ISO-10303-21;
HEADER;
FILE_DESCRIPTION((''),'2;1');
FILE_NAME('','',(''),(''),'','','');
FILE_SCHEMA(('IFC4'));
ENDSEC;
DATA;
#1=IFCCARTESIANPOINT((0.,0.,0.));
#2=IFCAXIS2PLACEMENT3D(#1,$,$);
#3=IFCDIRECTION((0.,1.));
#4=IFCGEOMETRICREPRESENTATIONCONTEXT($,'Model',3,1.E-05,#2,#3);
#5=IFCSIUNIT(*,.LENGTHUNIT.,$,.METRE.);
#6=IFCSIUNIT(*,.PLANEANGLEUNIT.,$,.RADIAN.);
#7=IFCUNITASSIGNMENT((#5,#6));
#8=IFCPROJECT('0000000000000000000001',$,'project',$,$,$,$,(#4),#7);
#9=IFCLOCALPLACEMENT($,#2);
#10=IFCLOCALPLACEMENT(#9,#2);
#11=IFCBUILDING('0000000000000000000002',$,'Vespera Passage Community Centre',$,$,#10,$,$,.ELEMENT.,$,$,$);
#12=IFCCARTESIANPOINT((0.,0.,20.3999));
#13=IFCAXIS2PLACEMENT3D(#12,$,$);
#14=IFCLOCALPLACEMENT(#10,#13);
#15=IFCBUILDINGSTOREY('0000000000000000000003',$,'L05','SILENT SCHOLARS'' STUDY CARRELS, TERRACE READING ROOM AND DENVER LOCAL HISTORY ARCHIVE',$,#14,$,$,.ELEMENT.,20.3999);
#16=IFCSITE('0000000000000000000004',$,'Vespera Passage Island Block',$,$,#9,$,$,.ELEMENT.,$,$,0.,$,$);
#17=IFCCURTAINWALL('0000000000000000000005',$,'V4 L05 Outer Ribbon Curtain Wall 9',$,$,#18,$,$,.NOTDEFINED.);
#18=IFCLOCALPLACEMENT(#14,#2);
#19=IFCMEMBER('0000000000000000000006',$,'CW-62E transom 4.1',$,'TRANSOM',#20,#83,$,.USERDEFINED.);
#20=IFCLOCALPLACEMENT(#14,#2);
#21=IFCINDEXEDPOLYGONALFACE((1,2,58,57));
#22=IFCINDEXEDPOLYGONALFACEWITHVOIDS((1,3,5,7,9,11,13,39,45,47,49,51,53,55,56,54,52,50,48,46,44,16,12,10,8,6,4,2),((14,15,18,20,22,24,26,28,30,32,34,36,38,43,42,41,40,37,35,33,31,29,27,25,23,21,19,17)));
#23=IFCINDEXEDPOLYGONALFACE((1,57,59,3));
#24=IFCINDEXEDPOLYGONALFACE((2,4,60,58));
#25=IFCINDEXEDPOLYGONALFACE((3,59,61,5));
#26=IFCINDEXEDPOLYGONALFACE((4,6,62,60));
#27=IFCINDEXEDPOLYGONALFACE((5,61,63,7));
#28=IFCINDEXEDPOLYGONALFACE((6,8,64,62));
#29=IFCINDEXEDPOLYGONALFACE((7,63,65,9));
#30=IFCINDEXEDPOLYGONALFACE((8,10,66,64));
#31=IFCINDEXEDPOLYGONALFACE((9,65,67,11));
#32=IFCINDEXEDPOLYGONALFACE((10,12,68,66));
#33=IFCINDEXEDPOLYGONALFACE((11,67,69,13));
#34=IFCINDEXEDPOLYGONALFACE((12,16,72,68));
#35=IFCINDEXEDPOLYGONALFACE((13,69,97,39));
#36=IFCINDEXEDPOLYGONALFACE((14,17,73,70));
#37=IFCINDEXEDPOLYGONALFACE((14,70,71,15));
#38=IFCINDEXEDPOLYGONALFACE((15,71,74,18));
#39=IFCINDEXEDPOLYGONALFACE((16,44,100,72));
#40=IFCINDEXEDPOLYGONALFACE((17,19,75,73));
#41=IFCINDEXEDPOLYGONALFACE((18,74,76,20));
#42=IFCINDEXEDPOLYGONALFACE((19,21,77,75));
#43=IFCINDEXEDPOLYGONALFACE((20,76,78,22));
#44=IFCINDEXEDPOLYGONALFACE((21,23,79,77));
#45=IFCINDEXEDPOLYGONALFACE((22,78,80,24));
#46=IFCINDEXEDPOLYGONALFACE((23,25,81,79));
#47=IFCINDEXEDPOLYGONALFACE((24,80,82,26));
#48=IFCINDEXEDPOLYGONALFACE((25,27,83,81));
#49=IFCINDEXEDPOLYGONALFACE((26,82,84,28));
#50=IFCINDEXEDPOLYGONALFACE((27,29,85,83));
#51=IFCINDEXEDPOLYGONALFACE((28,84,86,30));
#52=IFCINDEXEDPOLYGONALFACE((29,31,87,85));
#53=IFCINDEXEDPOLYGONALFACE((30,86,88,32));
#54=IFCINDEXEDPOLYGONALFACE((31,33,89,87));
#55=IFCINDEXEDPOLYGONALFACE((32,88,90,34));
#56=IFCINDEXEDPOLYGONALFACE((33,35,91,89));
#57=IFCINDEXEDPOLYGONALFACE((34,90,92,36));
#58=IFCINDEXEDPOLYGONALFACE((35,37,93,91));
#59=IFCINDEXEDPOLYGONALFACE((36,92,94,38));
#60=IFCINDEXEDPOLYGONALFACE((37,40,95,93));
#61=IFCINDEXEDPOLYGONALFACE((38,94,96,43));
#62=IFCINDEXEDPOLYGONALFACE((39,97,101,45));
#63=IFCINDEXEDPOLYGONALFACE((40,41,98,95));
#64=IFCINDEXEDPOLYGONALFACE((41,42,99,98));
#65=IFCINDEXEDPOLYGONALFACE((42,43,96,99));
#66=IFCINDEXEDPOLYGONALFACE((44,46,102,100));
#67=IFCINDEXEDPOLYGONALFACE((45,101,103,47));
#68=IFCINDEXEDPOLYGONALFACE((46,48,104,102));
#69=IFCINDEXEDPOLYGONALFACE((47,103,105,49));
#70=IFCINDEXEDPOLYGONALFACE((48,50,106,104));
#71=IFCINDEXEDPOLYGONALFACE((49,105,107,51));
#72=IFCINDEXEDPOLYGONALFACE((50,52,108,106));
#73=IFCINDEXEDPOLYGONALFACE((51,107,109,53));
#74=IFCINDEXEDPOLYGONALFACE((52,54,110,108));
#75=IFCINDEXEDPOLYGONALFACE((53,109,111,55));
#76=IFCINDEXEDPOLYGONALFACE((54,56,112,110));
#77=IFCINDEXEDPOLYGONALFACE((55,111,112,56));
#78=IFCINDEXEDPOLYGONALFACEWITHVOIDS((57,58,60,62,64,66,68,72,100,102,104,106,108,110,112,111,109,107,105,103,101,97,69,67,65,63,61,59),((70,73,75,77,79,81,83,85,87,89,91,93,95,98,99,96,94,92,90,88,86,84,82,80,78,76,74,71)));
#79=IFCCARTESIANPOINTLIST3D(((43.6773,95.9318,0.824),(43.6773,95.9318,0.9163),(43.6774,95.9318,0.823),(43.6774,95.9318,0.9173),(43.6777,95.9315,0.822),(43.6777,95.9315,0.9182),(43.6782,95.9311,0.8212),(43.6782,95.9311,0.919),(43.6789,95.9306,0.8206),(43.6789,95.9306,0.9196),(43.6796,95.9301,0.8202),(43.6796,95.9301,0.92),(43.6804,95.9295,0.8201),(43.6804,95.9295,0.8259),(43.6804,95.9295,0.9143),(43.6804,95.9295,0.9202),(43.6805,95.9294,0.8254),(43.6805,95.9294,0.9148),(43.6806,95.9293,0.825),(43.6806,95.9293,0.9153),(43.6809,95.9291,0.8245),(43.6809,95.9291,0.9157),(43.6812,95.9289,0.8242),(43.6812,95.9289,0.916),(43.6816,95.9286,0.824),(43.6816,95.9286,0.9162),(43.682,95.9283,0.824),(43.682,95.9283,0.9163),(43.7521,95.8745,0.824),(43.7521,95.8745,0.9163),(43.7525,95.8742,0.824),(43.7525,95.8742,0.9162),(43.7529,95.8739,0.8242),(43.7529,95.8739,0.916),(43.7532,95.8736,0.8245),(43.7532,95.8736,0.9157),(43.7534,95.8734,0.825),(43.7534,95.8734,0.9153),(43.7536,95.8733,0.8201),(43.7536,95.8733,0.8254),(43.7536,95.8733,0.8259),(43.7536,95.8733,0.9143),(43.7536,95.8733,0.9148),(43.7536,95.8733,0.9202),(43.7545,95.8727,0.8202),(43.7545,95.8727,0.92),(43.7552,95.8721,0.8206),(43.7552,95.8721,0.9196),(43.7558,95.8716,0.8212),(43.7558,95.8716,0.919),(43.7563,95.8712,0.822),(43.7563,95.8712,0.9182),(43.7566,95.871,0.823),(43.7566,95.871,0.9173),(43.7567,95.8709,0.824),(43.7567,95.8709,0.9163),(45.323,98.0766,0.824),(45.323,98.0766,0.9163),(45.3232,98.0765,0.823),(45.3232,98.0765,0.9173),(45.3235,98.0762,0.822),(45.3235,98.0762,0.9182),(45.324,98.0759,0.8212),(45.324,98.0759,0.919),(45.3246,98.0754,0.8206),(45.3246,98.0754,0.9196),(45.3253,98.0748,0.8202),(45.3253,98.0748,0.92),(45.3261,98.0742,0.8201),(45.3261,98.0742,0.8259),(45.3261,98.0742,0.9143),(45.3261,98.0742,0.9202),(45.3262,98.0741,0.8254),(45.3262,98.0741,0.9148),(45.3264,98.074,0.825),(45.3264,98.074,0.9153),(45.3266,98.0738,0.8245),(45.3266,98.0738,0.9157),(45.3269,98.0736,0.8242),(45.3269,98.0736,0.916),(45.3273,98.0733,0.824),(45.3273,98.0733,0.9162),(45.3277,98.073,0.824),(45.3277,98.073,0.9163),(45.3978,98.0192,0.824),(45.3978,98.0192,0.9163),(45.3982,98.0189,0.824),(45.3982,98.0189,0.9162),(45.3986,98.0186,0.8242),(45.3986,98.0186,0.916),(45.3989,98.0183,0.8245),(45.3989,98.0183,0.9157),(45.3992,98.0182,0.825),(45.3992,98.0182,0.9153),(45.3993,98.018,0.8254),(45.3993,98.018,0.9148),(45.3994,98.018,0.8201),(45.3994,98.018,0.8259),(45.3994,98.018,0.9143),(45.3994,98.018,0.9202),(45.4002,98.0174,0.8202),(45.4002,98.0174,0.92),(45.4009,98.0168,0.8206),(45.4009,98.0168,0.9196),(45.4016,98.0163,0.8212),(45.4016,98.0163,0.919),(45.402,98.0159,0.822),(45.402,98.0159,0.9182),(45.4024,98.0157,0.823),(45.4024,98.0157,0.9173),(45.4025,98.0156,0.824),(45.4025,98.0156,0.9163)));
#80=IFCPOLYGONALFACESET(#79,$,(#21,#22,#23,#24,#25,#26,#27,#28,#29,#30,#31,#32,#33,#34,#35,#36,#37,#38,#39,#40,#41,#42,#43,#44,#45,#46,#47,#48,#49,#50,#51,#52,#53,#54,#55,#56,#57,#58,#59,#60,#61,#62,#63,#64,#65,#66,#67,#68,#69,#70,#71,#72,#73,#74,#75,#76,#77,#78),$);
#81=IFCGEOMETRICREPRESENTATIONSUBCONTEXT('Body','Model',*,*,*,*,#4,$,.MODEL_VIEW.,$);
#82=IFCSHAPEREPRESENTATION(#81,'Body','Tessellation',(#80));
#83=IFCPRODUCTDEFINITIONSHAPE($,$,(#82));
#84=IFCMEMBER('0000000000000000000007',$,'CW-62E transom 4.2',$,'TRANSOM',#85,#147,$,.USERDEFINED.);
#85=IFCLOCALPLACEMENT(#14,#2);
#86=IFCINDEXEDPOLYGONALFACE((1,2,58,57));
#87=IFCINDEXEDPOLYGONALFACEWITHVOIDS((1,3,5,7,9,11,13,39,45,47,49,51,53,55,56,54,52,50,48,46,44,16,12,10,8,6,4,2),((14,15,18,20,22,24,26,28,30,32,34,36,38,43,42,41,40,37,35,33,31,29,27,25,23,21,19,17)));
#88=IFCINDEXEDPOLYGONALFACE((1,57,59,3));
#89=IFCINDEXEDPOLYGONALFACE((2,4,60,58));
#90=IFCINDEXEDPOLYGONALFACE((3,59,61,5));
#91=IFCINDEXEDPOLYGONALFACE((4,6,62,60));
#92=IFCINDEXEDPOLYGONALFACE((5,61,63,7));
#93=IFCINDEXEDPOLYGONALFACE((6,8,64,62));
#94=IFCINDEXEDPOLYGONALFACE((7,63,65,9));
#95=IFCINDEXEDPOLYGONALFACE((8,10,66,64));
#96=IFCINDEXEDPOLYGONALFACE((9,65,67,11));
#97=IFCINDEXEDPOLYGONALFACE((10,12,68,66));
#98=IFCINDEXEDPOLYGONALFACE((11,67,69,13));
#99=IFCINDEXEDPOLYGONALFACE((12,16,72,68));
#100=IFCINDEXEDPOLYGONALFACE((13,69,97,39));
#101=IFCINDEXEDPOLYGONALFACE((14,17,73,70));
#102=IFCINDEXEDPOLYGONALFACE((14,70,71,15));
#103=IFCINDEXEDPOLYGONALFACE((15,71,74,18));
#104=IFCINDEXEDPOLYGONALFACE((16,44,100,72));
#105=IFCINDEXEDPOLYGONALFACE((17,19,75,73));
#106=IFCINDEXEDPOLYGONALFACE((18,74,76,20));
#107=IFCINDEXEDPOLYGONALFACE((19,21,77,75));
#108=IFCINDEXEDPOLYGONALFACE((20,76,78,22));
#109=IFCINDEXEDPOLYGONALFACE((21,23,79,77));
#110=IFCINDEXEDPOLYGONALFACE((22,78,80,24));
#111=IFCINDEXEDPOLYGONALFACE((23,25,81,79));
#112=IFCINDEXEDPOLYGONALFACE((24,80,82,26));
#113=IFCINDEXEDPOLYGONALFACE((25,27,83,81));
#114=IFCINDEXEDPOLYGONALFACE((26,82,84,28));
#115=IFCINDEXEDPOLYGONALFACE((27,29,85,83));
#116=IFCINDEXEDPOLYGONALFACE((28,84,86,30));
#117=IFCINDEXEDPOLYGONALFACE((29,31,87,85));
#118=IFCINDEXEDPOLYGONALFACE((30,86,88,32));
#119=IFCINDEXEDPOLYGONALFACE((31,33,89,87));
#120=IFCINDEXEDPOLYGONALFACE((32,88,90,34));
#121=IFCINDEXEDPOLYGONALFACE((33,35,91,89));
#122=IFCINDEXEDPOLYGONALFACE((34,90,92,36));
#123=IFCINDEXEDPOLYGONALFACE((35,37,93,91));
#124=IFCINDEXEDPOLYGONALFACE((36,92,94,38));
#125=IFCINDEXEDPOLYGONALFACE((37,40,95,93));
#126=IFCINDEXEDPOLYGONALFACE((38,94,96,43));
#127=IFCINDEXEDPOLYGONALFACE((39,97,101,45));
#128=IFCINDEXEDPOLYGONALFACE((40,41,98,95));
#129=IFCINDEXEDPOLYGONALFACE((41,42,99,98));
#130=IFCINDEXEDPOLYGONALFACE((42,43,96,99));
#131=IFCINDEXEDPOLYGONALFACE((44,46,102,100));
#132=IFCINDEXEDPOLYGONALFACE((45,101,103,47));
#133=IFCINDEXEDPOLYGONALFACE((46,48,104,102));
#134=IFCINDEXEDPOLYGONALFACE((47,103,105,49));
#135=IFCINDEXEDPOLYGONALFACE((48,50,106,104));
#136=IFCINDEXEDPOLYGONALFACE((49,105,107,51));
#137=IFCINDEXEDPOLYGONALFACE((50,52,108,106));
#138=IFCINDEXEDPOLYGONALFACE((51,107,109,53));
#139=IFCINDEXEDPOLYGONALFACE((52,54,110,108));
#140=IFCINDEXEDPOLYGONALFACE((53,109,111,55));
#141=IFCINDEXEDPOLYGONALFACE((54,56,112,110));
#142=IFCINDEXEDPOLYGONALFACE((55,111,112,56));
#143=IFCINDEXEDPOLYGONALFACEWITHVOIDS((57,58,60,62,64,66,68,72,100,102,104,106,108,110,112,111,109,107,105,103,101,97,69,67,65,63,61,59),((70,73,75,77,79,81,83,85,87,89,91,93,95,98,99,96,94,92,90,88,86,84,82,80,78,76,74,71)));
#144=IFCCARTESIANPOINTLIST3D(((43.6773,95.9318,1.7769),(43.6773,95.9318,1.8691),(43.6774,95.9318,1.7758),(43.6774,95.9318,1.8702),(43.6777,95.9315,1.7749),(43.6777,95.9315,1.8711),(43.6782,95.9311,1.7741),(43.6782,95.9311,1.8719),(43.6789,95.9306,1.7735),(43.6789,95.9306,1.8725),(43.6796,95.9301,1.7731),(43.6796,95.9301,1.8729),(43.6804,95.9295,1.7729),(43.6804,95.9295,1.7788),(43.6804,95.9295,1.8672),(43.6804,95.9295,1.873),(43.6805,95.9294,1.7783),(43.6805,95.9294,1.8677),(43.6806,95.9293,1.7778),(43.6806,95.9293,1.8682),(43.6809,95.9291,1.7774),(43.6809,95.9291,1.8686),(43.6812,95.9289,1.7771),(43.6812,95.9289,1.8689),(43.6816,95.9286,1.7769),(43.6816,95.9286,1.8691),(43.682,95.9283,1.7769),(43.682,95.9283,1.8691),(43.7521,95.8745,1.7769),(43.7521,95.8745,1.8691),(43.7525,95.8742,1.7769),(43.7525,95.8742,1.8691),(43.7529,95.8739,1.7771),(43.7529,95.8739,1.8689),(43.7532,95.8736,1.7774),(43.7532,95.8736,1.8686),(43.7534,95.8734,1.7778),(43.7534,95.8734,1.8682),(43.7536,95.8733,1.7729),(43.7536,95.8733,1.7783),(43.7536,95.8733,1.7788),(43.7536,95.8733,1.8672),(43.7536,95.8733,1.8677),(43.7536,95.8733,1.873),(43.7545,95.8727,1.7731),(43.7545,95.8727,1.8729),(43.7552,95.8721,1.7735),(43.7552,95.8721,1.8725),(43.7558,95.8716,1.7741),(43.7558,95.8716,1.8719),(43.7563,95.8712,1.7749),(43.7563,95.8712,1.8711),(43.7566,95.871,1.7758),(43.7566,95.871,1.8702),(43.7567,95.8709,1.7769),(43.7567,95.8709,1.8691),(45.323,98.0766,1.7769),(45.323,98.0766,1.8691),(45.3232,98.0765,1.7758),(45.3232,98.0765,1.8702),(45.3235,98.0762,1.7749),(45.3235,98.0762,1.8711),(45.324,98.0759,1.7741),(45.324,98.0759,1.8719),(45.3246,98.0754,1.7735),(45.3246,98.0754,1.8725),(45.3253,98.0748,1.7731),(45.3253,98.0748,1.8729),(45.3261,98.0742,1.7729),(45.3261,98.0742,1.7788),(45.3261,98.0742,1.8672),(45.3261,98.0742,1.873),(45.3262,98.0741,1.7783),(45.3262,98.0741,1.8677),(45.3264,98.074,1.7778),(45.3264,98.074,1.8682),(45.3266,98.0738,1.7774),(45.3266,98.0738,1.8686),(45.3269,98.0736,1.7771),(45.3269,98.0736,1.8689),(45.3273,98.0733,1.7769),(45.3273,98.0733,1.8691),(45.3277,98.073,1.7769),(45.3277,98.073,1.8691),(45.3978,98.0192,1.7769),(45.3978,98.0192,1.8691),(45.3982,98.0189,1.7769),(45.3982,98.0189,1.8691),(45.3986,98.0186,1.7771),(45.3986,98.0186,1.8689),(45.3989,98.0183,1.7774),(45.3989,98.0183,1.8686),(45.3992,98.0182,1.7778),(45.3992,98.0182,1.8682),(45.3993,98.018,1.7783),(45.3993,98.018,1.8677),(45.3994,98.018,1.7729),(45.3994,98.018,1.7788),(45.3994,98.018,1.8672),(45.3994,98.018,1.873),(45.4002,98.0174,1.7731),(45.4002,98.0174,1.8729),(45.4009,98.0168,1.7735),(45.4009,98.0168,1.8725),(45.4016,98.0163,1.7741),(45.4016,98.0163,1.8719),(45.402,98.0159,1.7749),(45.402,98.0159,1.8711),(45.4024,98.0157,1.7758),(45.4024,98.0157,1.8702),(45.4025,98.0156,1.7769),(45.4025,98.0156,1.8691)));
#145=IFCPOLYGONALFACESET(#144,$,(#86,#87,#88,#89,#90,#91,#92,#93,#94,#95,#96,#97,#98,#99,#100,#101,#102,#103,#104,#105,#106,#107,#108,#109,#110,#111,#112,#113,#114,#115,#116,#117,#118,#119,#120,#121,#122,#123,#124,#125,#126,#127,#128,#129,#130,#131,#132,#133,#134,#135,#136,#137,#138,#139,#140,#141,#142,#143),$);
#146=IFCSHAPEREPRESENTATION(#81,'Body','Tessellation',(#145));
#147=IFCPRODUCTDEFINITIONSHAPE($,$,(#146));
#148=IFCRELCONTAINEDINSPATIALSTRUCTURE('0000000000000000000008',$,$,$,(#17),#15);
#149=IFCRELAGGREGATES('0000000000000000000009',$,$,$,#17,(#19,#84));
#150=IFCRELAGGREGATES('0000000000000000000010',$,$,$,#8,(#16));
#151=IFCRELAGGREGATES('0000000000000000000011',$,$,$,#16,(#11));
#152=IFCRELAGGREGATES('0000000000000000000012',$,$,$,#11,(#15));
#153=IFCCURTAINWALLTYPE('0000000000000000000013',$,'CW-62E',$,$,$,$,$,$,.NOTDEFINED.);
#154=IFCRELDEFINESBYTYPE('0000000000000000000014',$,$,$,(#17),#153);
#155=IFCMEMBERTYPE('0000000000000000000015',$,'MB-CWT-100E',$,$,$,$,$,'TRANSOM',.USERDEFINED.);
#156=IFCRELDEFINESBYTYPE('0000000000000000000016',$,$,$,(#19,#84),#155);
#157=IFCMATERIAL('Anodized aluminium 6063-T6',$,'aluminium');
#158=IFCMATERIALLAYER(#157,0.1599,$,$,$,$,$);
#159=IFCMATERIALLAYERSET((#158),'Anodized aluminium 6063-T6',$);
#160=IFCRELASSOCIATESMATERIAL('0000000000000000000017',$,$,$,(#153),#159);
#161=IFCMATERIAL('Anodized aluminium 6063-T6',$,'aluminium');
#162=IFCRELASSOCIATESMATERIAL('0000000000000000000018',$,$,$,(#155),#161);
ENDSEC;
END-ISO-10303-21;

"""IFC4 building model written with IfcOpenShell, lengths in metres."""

from ifc_helpers import new_model, si_unit, direction, frame, origin, origin_2d, place, context, subcontext, project, spatial, hollow_rectangle, extrude, material, layer, layer_set, material_profile, profile_set, type_object, element, aggregate, save


model = new_model("IFC4")

# Units and contexts
model_context = context("Model", 3, precision=1e-05, world=origin(), true_north=direction((0.0, 1.0)))
body_context = subcontext(model_context, "Body", "Model", "MODEL_VIEW")
ifc_project = project(units=[si_unit("LENGTHUNIT", "METRE"), si_unit("PLANEANGLEUNIT", "RADIAN")], contexts=[model_context])

# Site, building, storey
site_placement = place(None, origin())
site = spatial("IfcSite", under=ifc_project, at=site_placement, Name="Vespera Passage Island Block", CompositionType="ELEMENT", RefElevation=0.0)
building_placement = place(site_placement, origin())
building = spatial("IfcBuilding", under=site, at=building_placement, Name="Vespera Passage Community Centre", CompositionType="ELEMENT")
storey_placement = place(building_placement, frame((0.0, 0.0, 20.3999)))
storey = spatial("IfcBuildingStorey", under=building, at=storey_placement, Name="L05", Description="SILENT SCHOLARS' STUDY CARRELS, TERRACE READING ROOM AND DENVER LOCAL HISTORY ARCHIVE", CompositionType="ELEMENT", Elevation=20.3999)

# Curtain wall
ifc_material_1 = material(Name="Anodized aluminium 6063-T6", Category="aluminium")
ifc_layer_1 = layer(ifc_material_1, 0.1599)
ifc_layer_set_1 = layer_set([ifc_layer_1], Name="Anodized aluminium 6063-T6")
curtain_wall_type_1 = type_object("IfcCurtainWallType", Name="CW-62E", PredefinedType="NOTDEFINED", material=ifc_layer_set_1)
curtain_wall_1_placement = place(storey_placement, origin())
curtain_wall_1 = element("IfcCurtainWall", 1, at=curtain_wall_1_placement, inside=storey, type_object=curtain_wall_type_1, Name="V4 L05 Outer Ribbon Curtain Wall 9", PredefinedType="NOTDEFINED")

# Members
ifc_material_2 = material(Name="Anodized aluminium 6063-T6", Category="aluminium")
ifc_material_profile_1 = material_profile(ifc_material_2, hollow_rectangle(XDim=0.1001, YDim=0.1001, WallThickness=0.0039, InnerFilletRadius=0.002, OuterFilletRadius=0.0039, at=origin_2d()), Name="ALU100X100X4")
ifc_profile_set_1 = profile_set([ifc_material_profile_1], Name="Anodized aluminium 6063-T6")
member_type_1 = type_object("IfcMemberType", Name="MB-CWT-100E", ElementType="TRANSOM", PredefinedType="USERDEFINED", material=ifc_profile_set_1)
member_1_placement = place(storey_placement, frame((43.717, 95.9014, 0.8701), z_axis=(0.608763, 0.793352, 0.0), x_axis=(-0.793352, 0.608763, 0.0)))
member_1 = element("IfcMember", 2, at=member_1_placement, type_object=member_type_1, Name="CW-62E transom 4.1", ObjectType="TRANSOM", PredefinedType="USERDEFINED", context=body_context, shape_type="SweptSolid", body=[
    extrude(hollow_rectangle(XDim=0.1001, YDim=0.1001, WallThickness=0.0039, InnerFilletRadius=0.002, OuterFilletRadius=0.0039, at=origin_2d()), origin(), (0.0, 0.0, 1.0), 2.7034),
])
member_2_placement = place(storey_placement, frame((43.717, 95.9014, 1.823), z_axis=(0.608763, 0.793352, 0.0), x_axis=(-0.793352, 0.608763, 0.0)))
member_2 = element("IfcMember", 3, at=member_2_placement, type_object=member_type_1, Name="CW-62E transom 4.2", ObjectType="TRANSOM", PredefinedType="USERDEFINED", context=body_context, shape_type="SweptSolid", body=[
    extrude(hollow_rectangle(XDim=0.1001, YDim=0.1001, WallThickness=0.0039, InnerFilletRadius=0.002, OuterFilletRadius=0.0039, at=origin_2d()), origin(), (0.0, 0.0, 1.0), 2.7034),
])

aggregate(curtain_wall_1, [member_1, member_2])

save(model, "model.ifc")
